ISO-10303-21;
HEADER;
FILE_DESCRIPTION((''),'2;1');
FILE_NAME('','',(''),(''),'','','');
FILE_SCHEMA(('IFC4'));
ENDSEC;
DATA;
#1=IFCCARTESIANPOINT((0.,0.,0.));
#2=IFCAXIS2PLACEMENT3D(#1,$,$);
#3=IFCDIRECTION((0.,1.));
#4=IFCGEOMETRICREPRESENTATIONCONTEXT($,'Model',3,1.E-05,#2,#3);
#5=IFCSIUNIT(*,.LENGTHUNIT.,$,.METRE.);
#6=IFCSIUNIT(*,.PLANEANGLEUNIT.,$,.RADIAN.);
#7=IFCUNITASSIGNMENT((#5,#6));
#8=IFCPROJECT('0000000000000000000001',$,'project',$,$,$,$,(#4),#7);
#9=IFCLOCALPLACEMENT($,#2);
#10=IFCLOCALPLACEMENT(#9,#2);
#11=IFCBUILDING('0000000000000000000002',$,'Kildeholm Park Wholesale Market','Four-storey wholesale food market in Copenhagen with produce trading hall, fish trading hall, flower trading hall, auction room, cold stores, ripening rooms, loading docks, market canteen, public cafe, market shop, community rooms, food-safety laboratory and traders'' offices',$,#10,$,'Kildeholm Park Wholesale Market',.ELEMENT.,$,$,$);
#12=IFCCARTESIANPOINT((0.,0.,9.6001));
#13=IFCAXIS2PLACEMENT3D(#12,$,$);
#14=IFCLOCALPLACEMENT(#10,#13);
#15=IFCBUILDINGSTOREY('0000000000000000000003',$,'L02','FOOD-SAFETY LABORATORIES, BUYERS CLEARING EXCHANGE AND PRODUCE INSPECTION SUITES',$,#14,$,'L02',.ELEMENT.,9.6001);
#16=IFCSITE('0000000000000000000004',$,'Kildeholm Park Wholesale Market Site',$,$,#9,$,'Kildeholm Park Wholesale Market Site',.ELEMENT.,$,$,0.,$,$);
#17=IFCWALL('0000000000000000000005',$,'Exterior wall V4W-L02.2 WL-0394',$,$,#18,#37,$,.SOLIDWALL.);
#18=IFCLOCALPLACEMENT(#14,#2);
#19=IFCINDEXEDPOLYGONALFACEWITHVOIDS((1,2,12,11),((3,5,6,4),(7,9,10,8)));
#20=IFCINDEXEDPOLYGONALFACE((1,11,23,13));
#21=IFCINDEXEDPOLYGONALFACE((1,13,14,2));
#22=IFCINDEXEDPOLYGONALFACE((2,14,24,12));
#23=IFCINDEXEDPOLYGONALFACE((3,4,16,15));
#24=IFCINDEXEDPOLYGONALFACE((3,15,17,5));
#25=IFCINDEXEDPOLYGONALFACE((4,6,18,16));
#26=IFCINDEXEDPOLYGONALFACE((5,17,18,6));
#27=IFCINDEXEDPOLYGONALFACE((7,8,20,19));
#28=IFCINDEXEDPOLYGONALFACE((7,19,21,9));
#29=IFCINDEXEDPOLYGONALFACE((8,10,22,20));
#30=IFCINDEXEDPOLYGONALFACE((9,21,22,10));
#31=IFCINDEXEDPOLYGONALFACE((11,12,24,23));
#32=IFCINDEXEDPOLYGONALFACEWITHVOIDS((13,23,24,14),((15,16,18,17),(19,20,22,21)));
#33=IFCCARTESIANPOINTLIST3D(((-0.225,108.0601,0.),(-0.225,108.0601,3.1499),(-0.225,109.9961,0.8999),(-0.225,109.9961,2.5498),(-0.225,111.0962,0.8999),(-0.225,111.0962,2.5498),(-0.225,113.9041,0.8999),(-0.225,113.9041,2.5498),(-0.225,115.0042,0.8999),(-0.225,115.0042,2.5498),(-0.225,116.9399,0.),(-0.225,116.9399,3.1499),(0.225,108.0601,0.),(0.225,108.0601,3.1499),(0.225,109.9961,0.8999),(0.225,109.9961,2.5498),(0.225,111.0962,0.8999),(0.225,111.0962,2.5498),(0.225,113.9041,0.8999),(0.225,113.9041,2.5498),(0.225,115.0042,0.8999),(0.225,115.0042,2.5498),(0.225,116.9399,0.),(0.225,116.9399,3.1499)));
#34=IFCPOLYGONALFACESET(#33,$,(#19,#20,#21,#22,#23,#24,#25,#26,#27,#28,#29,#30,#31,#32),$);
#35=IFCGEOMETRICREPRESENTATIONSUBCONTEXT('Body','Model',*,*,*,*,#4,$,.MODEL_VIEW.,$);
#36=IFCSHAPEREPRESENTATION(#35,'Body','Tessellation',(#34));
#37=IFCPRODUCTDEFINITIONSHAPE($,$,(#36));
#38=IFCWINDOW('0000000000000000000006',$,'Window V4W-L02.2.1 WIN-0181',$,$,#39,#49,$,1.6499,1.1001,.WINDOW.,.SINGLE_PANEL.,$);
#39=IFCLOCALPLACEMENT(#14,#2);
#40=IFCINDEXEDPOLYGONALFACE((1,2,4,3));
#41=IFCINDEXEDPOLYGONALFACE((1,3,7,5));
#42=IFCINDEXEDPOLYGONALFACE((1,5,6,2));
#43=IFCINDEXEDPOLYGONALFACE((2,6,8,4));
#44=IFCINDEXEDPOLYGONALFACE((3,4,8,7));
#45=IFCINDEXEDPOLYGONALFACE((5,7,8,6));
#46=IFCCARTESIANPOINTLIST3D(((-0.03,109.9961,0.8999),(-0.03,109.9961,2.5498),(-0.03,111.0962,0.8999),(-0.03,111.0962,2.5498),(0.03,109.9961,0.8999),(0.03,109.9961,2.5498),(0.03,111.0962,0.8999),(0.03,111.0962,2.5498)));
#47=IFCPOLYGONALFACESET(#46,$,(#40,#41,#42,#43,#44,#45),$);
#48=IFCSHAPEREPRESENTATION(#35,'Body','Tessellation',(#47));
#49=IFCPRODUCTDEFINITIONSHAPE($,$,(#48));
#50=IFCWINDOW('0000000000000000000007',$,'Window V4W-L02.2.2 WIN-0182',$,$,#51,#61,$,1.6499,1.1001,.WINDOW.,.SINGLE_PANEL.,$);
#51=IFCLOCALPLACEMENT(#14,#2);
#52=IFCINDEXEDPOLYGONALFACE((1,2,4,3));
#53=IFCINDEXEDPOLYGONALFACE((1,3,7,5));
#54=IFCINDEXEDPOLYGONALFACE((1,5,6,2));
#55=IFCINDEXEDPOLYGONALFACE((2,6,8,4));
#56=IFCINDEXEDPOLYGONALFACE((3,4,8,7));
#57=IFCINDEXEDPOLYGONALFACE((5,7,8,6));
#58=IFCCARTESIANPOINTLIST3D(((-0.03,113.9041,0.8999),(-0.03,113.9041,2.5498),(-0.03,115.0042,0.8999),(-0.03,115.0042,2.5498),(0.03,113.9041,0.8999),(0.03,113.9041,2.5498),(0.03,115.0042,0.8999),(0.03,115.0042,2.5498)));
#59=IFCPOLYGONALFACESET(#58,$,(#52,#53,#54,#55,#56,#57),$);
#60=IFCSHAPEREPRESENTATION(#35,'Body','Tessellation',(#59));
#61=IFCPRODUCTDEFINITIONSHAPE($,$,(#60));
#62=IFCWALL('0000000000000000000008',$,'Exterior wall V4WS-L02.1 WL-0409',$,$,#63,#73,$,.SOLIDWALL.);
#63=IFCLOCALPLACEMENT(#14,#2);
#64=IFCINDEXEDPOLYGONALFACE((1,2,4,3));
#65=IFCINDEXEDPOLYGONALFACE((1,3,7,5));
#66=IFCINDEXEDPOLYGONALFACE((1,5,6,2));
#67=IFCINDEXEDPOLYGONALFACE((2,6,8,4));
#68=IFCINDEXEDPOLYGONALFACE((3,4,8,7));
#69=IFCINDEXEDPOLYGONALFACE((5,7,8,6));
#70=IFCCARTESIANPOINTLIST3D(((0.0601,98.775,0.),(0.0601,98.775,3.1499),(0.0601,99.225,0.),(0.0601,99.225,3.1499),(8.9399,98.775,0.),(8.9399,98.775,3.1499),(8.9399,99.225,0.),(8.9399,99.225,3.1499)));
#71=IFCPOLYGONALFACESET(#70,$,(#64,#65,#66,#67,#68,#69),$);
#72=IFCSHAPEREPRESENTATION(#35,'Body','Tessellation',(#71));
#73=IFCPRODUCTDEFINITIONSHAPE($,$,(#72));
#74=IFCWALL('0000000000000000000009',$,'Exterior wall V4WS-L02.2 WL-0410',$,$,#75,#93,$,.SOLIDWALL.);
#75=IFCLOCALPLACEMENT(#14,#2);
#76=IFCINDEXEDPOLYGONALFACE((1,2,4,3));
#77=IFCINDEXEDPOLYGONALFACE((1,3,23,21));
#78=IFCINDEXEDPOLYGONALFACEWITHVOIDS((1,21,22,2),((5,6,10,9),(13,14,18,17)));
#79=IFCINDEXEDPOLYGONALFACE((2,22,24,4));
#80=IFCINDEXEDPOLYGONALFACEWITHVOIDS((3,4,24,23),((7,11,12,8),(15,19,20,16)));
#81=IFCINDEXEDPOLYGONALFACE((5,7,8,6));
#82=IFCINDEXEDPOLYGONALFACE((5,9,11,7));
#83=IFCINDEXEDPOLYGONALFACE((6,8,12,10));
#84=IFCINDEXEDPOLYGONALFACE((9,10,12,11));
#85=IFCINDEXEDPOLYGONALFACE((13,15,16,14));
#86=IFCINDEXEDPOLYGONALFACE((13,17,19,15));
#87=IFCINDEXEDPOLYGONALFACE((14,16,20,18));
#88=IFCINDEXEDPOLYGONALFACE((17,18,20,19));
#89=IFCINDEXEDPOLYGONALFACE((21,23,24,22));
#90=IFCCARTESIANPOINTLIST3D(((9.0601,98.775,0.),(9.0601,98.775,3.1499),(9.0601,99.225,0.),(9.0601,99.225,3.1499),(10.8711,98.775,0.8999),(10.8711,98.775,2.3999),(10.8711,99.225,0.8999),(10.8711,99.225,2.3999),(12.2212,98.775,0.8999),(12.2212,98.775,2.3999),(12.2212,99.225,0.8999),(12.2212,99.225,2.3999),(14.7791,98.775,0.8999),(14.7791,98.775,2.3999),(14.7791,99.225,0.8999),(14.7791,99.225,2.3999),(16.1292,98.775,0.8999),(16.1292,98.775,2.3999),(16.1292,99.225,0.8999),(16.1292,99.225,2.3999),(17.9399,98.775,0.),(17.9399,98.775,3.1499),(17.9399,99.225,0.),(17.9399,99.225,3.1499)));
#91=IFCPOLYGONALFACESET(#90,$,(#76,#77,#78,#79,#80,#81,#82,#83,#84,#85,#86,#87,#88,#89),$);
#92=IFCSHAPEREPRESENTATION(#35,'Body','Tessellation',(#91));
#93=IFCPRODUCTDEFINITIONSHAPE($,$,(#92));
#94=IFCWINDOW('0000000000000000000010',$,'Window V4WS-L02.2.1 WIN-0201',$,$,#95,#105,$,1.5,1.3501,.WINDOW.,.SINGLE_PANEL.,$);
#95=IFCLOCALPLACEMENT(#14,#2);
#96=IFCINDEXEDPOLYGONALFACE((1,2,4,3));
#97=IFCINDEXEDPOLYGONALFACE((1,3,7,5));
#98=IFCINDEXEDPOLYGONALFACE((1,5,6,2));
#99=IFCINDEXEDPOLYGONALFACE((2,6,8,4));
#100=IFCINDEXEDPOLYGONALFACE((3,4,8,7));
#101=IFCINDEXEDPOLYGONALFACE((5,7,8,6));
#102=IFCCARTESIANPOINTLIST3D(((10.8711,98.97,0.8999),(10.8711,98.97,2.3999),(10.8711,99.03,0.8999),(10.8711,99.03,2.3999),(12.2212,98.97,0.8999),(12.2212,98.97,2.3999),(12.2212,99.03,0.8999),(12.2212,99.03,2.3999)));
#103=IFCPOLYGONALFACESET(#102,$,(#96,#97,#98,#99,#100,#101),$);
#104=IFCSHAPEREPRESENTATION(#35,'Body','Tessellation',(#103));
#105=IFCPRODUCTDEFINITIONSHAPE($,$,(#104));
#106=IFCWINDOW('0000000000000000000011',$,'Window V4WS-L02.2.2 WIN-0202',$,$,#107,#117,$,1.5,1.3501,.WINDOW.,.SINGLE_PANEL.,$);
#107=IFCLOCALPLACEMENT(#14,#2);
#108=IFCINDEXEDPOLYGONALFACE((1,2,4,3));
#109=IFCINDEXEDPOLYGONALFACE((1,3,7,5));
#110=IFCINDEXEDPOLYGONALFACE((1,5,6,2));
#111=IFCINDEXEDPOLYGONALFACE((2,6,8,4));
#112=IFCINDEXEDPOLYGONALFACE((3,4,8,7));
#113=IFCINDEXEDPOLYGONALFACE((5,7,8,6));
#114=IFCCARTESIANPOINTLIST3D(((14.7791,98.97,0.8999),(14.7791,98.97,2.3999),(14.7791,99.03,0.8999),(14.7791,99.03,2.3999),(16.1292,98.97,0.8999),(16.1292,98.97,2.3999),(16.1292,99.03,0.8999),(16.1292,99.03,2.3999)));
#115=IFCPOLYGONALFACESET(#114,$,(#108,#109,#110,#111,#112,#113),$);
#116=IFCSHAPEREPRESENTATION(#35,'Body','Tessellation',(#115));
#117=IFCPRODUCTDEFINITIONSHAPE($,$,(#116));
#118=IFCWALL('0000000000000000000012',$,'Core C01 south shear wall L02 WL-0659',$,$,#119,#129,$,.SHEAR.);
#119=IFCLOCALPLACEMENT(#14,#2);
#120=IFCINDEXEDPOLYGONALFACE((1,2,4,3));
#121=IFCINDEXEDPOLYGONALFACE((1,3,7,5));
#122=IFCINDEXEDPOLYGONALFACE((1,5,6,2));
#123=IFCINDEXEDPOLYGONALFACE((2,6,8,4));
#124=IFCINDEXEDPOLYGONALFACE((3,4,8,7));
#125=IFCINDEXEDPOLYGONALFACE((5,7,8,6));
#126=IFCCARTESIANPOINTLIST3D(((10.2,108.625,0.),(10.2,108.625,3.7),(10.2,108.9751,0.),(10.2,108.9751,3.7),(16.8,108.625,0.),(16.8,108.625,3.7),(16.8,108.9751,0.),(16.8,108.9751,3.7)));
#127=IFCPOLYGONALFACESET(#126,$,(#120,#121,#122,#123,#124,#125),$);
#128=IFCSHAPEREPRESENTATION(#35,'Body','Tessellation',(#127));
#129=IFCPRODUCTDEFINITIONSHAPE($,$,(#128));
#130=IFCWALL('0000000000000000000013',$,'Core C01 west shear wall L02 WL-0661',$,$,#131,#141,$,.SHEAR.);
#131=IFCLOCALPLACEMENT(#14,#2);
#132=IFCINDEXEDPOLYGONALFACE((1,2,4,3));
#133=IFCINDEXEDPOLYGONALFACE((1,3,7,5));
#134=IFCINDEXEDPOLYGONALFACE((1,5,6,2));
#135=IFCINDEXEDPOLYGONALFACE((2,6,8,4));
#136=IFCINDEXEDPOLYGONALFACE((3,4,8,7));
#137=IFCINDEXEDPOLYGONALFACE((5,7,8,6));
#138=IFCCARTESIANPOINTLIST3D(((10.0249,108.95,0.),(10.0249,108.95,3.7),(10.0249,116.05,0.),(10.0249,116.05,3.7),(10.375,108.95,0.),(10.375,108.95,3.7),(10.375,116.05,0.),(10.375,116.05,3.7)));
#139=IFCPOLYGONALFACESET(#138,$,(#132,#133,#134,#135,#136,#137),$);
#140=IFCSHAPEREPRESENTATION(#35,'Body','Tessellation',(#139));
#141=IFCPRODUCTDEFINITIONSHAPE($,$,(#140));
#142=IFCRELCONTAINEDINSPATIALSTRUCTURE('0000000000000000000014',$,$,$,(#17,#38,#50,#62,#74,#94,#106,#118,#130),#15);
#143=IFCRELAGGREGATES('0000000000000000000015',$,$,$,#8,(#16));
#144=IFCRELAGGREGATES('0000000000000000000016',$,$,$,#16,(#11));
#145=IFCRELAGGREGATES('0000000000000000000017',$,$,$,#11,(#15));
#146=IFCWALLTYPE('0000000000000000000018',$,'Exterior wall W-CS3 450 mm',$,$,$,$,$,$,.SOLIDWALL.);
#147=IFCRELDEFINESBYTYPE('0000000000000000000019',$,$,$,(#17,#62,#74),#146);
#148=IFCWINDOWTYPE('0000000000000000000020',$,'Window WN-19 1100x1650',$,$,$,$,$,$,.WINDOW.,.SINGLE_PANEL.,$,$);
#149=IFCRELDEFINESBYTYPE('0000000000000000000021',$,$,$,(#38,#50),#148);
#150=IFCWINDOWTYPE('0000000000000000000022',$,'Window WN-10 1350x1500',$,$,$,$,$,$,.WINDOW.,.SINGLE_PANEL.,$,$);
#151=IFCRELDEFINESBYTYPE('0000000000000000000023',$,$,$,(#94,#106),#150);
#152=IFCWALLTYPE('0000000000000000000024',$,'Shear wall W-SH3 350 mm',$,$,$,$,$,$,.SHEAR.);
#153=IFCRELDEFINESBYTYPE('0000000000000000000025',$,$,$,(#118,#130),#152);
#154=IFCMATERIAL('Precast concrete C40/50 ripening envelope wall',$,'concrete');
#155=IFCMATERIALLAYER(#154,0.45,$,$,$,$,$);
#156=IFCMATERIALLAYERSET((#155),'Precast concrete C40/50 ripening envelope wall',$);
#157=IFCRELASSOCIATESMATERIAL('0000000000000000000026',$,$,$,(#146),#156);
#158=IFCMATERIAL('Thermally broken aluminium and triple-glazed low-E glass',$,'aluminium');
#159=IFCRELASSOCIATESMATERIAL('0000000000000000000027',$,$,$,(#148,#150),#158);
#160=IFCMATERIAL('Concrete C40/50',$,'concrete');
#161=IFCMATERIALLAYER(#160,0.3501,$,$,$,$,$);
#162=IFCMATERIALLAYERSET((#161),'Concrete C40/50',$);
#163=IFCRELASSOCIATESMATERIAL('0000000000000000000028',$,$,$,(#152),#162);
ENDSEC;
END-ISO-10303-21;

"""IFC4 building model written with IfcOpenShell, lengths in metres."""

from ifc_helpers import new_model, si_unit, direction, frame, frame_2d, origin, place, context, subcontext, project, spatial, rectangle, extrude, material, layer, layer_set, type_object, element, fill, save


model = new_model("IFC4")

# Units and contexts
model_context = context("Model", 3, precision=1e-05, world=origin(), true_north=direction((0.0, 1.0)))
body_context = subcontext(model_context, "Body", "Model", "MODEL_VIEW")
ifc_project = project(units=[si_unit("LENGTHUNIT", "METRE"), si_unit("PLANEANGLEUNIT", "RADIAN")], contexts=[model_context])

# Site, building, storey
site_placement = place(None, origin())
site = spatial("IfcSite", under=ifc_project, at=site_placement, Name="Kildeholm Park Wholesale Market Site", LongName="Kildeholm Park Wholesale Market Site", CompositionType="ELEMENT", RefElevation=0.0)
building_placement = place(site_placement, origin())
building = spatial("IfcBuilding", under=site, at=building_placement, Name="Kildeholm Park Wholesale Market", Description="Four-storey wholesale food market in Copenhagen with produce trading hall, fish trading hall, flower trading hall, auction room, cold stores, ripening rooms, loading docks, market canteen, public cafe, market shop, community rooms, food-safety laboratory and traders' offices", LongName="Kildeholm Park Wholesale Market", CompositionType="ELEMENT")
storey_placement = place(building_placement, frame((0.0, 0.0, 9.6001)))
storey = spatial("IfcBuildingStorey", under=building, at=storey_placement, Name="L02", Description="FOOD-SAFETY LABORATORIES, BUYERS CLEARING EXCHANGE AND PRODUCE INSPECTION SUITES", LongName="L02", CompositionType="ELEMENT", Elevation=9.6001)

# Shared definitions
ifc_material_1 = material(Name="Concrete C40/50", Category="concrete")

# Shared definitions
ifc_material_2 = material(Name="Precast concrete C40/50 ripening envelope wall", Category="concrete")
ifc_layer_1 = layer(ifc_material_2, 0.45)
ifc_layer_set_1 = layer_set([ifc_layer_1], Name="Precast concrete C40/50 ripening envelope wall")
wall_type_1 = type_object("IfcWallType", Name="Exterior wall W-CS3 450 mm", PredefinedType="SOLIDWALL", material=ifc_layer_set_1)

# Wall, openings, windows
wall_1_placement = place(storey_placement, frame((0.0, 108.0601, 0.0), z_axis=(0.0, 0.0, 1.0), x_axis=(0.0, 1.0, 0.0)))
wall_1 = element("IfcWall", 1, at=wall_1_placement, inside=storey, type_object=wall_type_1, Name="Exterior wall V4W-L02.2 WL-0394", PredefinedType="SOLIDWALL", context=body_context, shape_type="SweptSolid", body=[
    extrude(rectangle(XDim=8.8799, YDim=0.45, at=frame_2d((4.4399, 0.0))), origin(), (0.0, 0.0, 1.0), 3.1499),
])
opening_1_placement = place(wall_1_placement, frame((1.936, 0.0, 0.8999)))
opening_1 = element("IfcOpeningElement", 2, at=opening_1_placement, cuts=wall_1, PredefinedType="OPENING", context=body_context, shape_type="SweptSolid", body=[
    extrude(rectangle(XDim=1.1001, YDim=1.6499, at=frame_2d((0.55, 0.825))), frame((0.0, 0.2349, 0.0), z_axis=(0.0, -1.0, 0.0), x_axis=(1.0, 0.0, 0.0)), (0.0, 0.0, 1.0), 0.47),
])
opening_2_placement = place(wall_1_placement, frame((5.844, 0.0, 0.8999)))
opening_2 = element("IfcOpeningElement", 3, at=opening_2_placement, cuts=wall_1, PredefinedType="OPENING", context=body_context, shape_type="SweptSolid", body=[
    extrude(rectangle(XDim=1.1001, YDim=1.6499, at=frame_2d((0.55, 0.825))), frame((0.0, 0.2349, 0.0), z_axis=(0.0, -1.0, 0.0), x_axis=(1.0, 0.0, 0.0)), (0.0, 0.0, 1.0), 0.47),
])
ifc_material_3 = material(Name="Thermally broken aluminium and triple-glazed low-E glass", Category="aluminium")
window_type_1 = type_object("IfcWindowType", Name="Window WN-19 1100x1650", PartitioningType="SINGLE_PANEL", PredefinedType="WINDOW", material=ifc_material_3)
window_1_placement = place(opening_1_placement, origin())
window_1 = element("IfcWindow", 4, at=window_1_placement, inside=storey, type_object=window_type_1, Name="Window V4W-L02.2.1 WIN-0181", OverallHeight=1.6499, OverallWidth=1.1001, PartitioningType="SINGLE_PANEL", PredefinedType="WINDOW", context=body_context, shape_type="SweptSolid", body=[
    extrude(rectangle(XDim=1.1001, YDim=1.6499, at=frame_2d((0.55, 0.825))), frame((0.0, 0.03, 0.0), z_axis=(0.0, -1.0, 0.0), x_axis=(1.0, 0.0, 0.0)), (0.0, 0.0, 1.0), 0.0601),
])
fill(opening_1, window_1)
window_2_placement = place(opening_2_placement, origin())
window_2 = element("IfcWindow", 5, at=window_2_placement, inside=storey, type_object=window_type_1, Name="Window V4W-L02.2.2 WIN-0182", OverallHeight=1.6499, OverallWidth=1.1001, PartitioningType="SINGLE_PANEL", PredefinedType="WINDOW", context=body_context, shape_type="SweptSolid", body=[
    extrude(rectangle(XDim=1.1001, YDim=1.6499, at=frame_2d((0.55, 0.825))), frame((0.0, 0.03, 0.0), z_axis=(0.0, -1.0, 0.0), x_axis=(1.0, 0.0, 0.0)), (0.0, 0.0, 1.0), 0.0601),
])
fill(opening_2, window_2)

# Wall
wall_2_placement = place(storey_placement, frame((0.0601, 99.0, 0.0), z_axis=(0.0, 0.0, 1.0), x_axis=(1.0, 0.0, 0.0)))
element("IfcWall", 6, at=wall_2_placement, inside=storey, type_object=wall_type_1, Name="Exterior wall V4WS-L02.1 WL-0409", PredefinedType="SOLIDWALL", context=body_context, shape_type="SweptSolid", body=[
    extrude(rectangle(XDim=8.8799, YDim=0.45, at=frame_2d((4.4399, 0.0))), origin(), (0.0, 0.0, 1.0), 3.1499),
])

# Wall, openings, windows
wall_3_placement = place(storey_placement, frame((9.0601, 99.0, 0.0), z_axis=(0.0, 0.0, 1.0), x_axis=(1.0, 0.0, 0.0)))
wall_3 = element("IfcWall", 7, at=wall_3_placement, inside=storey, type_object=wall_type_1, Name="Exterior wall V4WS-L02.2 WL-0410", PredefinedType="SOLIDWALL", context=body_context, shape_type="SweptSolid", body=[
    extrude(rectangle(XDim=8.8799, YDim=0.45, at=frame_2d((4.4399, 0.0))), origin(), (0.0, 0.0, 1.0), 3.1499),
])
opening_3_placement = place(wall_3_placement, frame((1.811, 0.0, 0.8999)))
opening_3 = element("IfcOpeningElement", 8, at=opening_3_placement, cuts=wall_3, PredefinedType="OPENING", context=body_context, shape_type="SweptSolid", body=[
    extrude(rectangle(XDim=1.3501, YDim=1.5, at=frame_2d((0.675, 0.75))), frame((0.0, 0.2349, 0.0), z_axis=(0.0, -1.0, 0.0), x_axis=(1.0, 0.0, 0.0)), (0.0, 0.0, 1.0), 0.47),
])
opening_4_placement = place(wall_3_placement, frame((5.719, 0.0, 0.8999)))
opening_4 = element("IfcOpeningElement", 9, at=opening_4_placement, cuts=wall_3, PredefinedType="OPENING", context=body_context, shape_type="SweptSolid", body=[
    extrude(rectangle(XDim=1.3501, YDim=1.5, at=frame_2d((0.675, 0.75))), frame((0.0, 0.2349, 0.0), z_axis=(0.0, -1.0, 0.0), x_axis=(1.0, 0.0, 0.0)), (0.0, 0.0, 1.0), 0.47),
])
window_type_2 = type_object("IfcWindowType", Name="Window WN-10 1350x1500", PartitioningType="SINGLE_PANEL", PredefinedType="WINDOW", material=ifc_material_3)
window_3_placement = place(opening_3_placement, origin())
window_3 = element("IfcWindow", 10, at=window_3_placement, inside=storey, type_object=window_type_2, Name="Window V4WS-L02.2.1 WIN-0201", OverallHeight=1.5, OverallWidth=1.3501, PartitioningType="SINGLE_PANEL", PredefinedType="WINDOW", context=body_context, shape_type="SweptSolid", body=[
    extrude(rectangle(XDim=1.3501, YDim=1.5, at=frame_2d((0.675, 0.75))), frame((0.0, 0.03, 0.0), z_axis=(0.0, -1.0, 0.0), x_axis=(1.0, 0.0, 0.0)), (0.0, 0.0, 1.0), 0.0601),
])
fill(opening_3, window_3)
window_4_placement = place(opening_4_placement, origin())
window_4 = element("IfcWindow", 11, at=window_4_placement, inside=storey, type_object=window_type_2, Name="Window V4WS-L02.2.2 WIN-0202", OverallHeight=1.5, OverallWidth=1.3501, PartitioningType="SINGLE_PANEL", PredefinedType="WINDOW", context=body_context, shape_type="SweptSolid", body=[
    extrude(rectangle(XDim=1.3501, YDim=1.5, at=frame_2d((0.675, 0.75))), frame((0.0, 0.03, 0.0), z_axis=(0.0, -1.0, 0.0), x_axis=(1.0, 0.0, 0.0)), (0.0, 0.0, 1.0), 0.0601),
])
fill(opening_4, window_4)

# Walls
ifc_layer_2 = layer(ifc_material_1, 0.3501)
ifc_layer_set_2 = layer_set([ifc_layer_2], Name="Concrete C40/50")
wall_type_2 = type_object("IfcWallType", Name="Shear wall W-SH3 350 mm", PredefinedType="SHEAR", material=ifc_layer_set_2)
wall_4_placement = place(storey_placement, frame((10.2, 108.8, 0.0), z_axis=(0.0, 0.0, 1.0), x_axis=(1.0, 0.0, 0.0)))
element("IfcWall", 12, at=wall_4_placement, inside=storey, type_object=wall_type_2, Name="Core C01 south shear wall L02 WL-0659", PredefinedType="SHEAR", context=body_context, shape_type="SweptSolid", body=[
    extrude(rectangle(XDim=6.6001, YDim=0.3501, at=frame_2d((3.3, 0.0))), origin(), (0.0, 0.0, 1.0), 3.7),
])
wall_5_placement = place(storey_placement, frame((10.2, 108.95, 0.0), z_axis=(0.0, 0.0, 1.0), x_axis=(0.0, 1.0, 0.0)))
element("IfcWall", 13, at=wall_5_placement, inside=storey, type_object=wall_type_2, Name="Core C01 west shear wall L02 WL-0661", PredefinedType="SHEAR", context=body_context, shape_type="SweptSolid", body=[
    extrude(rectangle(XDim=7.1001, YDim=0.3501, at=frame_2d((3.55, 0.0))), origin(), (0.0, 0.0, 1.0), 3.7),
])

save(model, "model.ifc")
